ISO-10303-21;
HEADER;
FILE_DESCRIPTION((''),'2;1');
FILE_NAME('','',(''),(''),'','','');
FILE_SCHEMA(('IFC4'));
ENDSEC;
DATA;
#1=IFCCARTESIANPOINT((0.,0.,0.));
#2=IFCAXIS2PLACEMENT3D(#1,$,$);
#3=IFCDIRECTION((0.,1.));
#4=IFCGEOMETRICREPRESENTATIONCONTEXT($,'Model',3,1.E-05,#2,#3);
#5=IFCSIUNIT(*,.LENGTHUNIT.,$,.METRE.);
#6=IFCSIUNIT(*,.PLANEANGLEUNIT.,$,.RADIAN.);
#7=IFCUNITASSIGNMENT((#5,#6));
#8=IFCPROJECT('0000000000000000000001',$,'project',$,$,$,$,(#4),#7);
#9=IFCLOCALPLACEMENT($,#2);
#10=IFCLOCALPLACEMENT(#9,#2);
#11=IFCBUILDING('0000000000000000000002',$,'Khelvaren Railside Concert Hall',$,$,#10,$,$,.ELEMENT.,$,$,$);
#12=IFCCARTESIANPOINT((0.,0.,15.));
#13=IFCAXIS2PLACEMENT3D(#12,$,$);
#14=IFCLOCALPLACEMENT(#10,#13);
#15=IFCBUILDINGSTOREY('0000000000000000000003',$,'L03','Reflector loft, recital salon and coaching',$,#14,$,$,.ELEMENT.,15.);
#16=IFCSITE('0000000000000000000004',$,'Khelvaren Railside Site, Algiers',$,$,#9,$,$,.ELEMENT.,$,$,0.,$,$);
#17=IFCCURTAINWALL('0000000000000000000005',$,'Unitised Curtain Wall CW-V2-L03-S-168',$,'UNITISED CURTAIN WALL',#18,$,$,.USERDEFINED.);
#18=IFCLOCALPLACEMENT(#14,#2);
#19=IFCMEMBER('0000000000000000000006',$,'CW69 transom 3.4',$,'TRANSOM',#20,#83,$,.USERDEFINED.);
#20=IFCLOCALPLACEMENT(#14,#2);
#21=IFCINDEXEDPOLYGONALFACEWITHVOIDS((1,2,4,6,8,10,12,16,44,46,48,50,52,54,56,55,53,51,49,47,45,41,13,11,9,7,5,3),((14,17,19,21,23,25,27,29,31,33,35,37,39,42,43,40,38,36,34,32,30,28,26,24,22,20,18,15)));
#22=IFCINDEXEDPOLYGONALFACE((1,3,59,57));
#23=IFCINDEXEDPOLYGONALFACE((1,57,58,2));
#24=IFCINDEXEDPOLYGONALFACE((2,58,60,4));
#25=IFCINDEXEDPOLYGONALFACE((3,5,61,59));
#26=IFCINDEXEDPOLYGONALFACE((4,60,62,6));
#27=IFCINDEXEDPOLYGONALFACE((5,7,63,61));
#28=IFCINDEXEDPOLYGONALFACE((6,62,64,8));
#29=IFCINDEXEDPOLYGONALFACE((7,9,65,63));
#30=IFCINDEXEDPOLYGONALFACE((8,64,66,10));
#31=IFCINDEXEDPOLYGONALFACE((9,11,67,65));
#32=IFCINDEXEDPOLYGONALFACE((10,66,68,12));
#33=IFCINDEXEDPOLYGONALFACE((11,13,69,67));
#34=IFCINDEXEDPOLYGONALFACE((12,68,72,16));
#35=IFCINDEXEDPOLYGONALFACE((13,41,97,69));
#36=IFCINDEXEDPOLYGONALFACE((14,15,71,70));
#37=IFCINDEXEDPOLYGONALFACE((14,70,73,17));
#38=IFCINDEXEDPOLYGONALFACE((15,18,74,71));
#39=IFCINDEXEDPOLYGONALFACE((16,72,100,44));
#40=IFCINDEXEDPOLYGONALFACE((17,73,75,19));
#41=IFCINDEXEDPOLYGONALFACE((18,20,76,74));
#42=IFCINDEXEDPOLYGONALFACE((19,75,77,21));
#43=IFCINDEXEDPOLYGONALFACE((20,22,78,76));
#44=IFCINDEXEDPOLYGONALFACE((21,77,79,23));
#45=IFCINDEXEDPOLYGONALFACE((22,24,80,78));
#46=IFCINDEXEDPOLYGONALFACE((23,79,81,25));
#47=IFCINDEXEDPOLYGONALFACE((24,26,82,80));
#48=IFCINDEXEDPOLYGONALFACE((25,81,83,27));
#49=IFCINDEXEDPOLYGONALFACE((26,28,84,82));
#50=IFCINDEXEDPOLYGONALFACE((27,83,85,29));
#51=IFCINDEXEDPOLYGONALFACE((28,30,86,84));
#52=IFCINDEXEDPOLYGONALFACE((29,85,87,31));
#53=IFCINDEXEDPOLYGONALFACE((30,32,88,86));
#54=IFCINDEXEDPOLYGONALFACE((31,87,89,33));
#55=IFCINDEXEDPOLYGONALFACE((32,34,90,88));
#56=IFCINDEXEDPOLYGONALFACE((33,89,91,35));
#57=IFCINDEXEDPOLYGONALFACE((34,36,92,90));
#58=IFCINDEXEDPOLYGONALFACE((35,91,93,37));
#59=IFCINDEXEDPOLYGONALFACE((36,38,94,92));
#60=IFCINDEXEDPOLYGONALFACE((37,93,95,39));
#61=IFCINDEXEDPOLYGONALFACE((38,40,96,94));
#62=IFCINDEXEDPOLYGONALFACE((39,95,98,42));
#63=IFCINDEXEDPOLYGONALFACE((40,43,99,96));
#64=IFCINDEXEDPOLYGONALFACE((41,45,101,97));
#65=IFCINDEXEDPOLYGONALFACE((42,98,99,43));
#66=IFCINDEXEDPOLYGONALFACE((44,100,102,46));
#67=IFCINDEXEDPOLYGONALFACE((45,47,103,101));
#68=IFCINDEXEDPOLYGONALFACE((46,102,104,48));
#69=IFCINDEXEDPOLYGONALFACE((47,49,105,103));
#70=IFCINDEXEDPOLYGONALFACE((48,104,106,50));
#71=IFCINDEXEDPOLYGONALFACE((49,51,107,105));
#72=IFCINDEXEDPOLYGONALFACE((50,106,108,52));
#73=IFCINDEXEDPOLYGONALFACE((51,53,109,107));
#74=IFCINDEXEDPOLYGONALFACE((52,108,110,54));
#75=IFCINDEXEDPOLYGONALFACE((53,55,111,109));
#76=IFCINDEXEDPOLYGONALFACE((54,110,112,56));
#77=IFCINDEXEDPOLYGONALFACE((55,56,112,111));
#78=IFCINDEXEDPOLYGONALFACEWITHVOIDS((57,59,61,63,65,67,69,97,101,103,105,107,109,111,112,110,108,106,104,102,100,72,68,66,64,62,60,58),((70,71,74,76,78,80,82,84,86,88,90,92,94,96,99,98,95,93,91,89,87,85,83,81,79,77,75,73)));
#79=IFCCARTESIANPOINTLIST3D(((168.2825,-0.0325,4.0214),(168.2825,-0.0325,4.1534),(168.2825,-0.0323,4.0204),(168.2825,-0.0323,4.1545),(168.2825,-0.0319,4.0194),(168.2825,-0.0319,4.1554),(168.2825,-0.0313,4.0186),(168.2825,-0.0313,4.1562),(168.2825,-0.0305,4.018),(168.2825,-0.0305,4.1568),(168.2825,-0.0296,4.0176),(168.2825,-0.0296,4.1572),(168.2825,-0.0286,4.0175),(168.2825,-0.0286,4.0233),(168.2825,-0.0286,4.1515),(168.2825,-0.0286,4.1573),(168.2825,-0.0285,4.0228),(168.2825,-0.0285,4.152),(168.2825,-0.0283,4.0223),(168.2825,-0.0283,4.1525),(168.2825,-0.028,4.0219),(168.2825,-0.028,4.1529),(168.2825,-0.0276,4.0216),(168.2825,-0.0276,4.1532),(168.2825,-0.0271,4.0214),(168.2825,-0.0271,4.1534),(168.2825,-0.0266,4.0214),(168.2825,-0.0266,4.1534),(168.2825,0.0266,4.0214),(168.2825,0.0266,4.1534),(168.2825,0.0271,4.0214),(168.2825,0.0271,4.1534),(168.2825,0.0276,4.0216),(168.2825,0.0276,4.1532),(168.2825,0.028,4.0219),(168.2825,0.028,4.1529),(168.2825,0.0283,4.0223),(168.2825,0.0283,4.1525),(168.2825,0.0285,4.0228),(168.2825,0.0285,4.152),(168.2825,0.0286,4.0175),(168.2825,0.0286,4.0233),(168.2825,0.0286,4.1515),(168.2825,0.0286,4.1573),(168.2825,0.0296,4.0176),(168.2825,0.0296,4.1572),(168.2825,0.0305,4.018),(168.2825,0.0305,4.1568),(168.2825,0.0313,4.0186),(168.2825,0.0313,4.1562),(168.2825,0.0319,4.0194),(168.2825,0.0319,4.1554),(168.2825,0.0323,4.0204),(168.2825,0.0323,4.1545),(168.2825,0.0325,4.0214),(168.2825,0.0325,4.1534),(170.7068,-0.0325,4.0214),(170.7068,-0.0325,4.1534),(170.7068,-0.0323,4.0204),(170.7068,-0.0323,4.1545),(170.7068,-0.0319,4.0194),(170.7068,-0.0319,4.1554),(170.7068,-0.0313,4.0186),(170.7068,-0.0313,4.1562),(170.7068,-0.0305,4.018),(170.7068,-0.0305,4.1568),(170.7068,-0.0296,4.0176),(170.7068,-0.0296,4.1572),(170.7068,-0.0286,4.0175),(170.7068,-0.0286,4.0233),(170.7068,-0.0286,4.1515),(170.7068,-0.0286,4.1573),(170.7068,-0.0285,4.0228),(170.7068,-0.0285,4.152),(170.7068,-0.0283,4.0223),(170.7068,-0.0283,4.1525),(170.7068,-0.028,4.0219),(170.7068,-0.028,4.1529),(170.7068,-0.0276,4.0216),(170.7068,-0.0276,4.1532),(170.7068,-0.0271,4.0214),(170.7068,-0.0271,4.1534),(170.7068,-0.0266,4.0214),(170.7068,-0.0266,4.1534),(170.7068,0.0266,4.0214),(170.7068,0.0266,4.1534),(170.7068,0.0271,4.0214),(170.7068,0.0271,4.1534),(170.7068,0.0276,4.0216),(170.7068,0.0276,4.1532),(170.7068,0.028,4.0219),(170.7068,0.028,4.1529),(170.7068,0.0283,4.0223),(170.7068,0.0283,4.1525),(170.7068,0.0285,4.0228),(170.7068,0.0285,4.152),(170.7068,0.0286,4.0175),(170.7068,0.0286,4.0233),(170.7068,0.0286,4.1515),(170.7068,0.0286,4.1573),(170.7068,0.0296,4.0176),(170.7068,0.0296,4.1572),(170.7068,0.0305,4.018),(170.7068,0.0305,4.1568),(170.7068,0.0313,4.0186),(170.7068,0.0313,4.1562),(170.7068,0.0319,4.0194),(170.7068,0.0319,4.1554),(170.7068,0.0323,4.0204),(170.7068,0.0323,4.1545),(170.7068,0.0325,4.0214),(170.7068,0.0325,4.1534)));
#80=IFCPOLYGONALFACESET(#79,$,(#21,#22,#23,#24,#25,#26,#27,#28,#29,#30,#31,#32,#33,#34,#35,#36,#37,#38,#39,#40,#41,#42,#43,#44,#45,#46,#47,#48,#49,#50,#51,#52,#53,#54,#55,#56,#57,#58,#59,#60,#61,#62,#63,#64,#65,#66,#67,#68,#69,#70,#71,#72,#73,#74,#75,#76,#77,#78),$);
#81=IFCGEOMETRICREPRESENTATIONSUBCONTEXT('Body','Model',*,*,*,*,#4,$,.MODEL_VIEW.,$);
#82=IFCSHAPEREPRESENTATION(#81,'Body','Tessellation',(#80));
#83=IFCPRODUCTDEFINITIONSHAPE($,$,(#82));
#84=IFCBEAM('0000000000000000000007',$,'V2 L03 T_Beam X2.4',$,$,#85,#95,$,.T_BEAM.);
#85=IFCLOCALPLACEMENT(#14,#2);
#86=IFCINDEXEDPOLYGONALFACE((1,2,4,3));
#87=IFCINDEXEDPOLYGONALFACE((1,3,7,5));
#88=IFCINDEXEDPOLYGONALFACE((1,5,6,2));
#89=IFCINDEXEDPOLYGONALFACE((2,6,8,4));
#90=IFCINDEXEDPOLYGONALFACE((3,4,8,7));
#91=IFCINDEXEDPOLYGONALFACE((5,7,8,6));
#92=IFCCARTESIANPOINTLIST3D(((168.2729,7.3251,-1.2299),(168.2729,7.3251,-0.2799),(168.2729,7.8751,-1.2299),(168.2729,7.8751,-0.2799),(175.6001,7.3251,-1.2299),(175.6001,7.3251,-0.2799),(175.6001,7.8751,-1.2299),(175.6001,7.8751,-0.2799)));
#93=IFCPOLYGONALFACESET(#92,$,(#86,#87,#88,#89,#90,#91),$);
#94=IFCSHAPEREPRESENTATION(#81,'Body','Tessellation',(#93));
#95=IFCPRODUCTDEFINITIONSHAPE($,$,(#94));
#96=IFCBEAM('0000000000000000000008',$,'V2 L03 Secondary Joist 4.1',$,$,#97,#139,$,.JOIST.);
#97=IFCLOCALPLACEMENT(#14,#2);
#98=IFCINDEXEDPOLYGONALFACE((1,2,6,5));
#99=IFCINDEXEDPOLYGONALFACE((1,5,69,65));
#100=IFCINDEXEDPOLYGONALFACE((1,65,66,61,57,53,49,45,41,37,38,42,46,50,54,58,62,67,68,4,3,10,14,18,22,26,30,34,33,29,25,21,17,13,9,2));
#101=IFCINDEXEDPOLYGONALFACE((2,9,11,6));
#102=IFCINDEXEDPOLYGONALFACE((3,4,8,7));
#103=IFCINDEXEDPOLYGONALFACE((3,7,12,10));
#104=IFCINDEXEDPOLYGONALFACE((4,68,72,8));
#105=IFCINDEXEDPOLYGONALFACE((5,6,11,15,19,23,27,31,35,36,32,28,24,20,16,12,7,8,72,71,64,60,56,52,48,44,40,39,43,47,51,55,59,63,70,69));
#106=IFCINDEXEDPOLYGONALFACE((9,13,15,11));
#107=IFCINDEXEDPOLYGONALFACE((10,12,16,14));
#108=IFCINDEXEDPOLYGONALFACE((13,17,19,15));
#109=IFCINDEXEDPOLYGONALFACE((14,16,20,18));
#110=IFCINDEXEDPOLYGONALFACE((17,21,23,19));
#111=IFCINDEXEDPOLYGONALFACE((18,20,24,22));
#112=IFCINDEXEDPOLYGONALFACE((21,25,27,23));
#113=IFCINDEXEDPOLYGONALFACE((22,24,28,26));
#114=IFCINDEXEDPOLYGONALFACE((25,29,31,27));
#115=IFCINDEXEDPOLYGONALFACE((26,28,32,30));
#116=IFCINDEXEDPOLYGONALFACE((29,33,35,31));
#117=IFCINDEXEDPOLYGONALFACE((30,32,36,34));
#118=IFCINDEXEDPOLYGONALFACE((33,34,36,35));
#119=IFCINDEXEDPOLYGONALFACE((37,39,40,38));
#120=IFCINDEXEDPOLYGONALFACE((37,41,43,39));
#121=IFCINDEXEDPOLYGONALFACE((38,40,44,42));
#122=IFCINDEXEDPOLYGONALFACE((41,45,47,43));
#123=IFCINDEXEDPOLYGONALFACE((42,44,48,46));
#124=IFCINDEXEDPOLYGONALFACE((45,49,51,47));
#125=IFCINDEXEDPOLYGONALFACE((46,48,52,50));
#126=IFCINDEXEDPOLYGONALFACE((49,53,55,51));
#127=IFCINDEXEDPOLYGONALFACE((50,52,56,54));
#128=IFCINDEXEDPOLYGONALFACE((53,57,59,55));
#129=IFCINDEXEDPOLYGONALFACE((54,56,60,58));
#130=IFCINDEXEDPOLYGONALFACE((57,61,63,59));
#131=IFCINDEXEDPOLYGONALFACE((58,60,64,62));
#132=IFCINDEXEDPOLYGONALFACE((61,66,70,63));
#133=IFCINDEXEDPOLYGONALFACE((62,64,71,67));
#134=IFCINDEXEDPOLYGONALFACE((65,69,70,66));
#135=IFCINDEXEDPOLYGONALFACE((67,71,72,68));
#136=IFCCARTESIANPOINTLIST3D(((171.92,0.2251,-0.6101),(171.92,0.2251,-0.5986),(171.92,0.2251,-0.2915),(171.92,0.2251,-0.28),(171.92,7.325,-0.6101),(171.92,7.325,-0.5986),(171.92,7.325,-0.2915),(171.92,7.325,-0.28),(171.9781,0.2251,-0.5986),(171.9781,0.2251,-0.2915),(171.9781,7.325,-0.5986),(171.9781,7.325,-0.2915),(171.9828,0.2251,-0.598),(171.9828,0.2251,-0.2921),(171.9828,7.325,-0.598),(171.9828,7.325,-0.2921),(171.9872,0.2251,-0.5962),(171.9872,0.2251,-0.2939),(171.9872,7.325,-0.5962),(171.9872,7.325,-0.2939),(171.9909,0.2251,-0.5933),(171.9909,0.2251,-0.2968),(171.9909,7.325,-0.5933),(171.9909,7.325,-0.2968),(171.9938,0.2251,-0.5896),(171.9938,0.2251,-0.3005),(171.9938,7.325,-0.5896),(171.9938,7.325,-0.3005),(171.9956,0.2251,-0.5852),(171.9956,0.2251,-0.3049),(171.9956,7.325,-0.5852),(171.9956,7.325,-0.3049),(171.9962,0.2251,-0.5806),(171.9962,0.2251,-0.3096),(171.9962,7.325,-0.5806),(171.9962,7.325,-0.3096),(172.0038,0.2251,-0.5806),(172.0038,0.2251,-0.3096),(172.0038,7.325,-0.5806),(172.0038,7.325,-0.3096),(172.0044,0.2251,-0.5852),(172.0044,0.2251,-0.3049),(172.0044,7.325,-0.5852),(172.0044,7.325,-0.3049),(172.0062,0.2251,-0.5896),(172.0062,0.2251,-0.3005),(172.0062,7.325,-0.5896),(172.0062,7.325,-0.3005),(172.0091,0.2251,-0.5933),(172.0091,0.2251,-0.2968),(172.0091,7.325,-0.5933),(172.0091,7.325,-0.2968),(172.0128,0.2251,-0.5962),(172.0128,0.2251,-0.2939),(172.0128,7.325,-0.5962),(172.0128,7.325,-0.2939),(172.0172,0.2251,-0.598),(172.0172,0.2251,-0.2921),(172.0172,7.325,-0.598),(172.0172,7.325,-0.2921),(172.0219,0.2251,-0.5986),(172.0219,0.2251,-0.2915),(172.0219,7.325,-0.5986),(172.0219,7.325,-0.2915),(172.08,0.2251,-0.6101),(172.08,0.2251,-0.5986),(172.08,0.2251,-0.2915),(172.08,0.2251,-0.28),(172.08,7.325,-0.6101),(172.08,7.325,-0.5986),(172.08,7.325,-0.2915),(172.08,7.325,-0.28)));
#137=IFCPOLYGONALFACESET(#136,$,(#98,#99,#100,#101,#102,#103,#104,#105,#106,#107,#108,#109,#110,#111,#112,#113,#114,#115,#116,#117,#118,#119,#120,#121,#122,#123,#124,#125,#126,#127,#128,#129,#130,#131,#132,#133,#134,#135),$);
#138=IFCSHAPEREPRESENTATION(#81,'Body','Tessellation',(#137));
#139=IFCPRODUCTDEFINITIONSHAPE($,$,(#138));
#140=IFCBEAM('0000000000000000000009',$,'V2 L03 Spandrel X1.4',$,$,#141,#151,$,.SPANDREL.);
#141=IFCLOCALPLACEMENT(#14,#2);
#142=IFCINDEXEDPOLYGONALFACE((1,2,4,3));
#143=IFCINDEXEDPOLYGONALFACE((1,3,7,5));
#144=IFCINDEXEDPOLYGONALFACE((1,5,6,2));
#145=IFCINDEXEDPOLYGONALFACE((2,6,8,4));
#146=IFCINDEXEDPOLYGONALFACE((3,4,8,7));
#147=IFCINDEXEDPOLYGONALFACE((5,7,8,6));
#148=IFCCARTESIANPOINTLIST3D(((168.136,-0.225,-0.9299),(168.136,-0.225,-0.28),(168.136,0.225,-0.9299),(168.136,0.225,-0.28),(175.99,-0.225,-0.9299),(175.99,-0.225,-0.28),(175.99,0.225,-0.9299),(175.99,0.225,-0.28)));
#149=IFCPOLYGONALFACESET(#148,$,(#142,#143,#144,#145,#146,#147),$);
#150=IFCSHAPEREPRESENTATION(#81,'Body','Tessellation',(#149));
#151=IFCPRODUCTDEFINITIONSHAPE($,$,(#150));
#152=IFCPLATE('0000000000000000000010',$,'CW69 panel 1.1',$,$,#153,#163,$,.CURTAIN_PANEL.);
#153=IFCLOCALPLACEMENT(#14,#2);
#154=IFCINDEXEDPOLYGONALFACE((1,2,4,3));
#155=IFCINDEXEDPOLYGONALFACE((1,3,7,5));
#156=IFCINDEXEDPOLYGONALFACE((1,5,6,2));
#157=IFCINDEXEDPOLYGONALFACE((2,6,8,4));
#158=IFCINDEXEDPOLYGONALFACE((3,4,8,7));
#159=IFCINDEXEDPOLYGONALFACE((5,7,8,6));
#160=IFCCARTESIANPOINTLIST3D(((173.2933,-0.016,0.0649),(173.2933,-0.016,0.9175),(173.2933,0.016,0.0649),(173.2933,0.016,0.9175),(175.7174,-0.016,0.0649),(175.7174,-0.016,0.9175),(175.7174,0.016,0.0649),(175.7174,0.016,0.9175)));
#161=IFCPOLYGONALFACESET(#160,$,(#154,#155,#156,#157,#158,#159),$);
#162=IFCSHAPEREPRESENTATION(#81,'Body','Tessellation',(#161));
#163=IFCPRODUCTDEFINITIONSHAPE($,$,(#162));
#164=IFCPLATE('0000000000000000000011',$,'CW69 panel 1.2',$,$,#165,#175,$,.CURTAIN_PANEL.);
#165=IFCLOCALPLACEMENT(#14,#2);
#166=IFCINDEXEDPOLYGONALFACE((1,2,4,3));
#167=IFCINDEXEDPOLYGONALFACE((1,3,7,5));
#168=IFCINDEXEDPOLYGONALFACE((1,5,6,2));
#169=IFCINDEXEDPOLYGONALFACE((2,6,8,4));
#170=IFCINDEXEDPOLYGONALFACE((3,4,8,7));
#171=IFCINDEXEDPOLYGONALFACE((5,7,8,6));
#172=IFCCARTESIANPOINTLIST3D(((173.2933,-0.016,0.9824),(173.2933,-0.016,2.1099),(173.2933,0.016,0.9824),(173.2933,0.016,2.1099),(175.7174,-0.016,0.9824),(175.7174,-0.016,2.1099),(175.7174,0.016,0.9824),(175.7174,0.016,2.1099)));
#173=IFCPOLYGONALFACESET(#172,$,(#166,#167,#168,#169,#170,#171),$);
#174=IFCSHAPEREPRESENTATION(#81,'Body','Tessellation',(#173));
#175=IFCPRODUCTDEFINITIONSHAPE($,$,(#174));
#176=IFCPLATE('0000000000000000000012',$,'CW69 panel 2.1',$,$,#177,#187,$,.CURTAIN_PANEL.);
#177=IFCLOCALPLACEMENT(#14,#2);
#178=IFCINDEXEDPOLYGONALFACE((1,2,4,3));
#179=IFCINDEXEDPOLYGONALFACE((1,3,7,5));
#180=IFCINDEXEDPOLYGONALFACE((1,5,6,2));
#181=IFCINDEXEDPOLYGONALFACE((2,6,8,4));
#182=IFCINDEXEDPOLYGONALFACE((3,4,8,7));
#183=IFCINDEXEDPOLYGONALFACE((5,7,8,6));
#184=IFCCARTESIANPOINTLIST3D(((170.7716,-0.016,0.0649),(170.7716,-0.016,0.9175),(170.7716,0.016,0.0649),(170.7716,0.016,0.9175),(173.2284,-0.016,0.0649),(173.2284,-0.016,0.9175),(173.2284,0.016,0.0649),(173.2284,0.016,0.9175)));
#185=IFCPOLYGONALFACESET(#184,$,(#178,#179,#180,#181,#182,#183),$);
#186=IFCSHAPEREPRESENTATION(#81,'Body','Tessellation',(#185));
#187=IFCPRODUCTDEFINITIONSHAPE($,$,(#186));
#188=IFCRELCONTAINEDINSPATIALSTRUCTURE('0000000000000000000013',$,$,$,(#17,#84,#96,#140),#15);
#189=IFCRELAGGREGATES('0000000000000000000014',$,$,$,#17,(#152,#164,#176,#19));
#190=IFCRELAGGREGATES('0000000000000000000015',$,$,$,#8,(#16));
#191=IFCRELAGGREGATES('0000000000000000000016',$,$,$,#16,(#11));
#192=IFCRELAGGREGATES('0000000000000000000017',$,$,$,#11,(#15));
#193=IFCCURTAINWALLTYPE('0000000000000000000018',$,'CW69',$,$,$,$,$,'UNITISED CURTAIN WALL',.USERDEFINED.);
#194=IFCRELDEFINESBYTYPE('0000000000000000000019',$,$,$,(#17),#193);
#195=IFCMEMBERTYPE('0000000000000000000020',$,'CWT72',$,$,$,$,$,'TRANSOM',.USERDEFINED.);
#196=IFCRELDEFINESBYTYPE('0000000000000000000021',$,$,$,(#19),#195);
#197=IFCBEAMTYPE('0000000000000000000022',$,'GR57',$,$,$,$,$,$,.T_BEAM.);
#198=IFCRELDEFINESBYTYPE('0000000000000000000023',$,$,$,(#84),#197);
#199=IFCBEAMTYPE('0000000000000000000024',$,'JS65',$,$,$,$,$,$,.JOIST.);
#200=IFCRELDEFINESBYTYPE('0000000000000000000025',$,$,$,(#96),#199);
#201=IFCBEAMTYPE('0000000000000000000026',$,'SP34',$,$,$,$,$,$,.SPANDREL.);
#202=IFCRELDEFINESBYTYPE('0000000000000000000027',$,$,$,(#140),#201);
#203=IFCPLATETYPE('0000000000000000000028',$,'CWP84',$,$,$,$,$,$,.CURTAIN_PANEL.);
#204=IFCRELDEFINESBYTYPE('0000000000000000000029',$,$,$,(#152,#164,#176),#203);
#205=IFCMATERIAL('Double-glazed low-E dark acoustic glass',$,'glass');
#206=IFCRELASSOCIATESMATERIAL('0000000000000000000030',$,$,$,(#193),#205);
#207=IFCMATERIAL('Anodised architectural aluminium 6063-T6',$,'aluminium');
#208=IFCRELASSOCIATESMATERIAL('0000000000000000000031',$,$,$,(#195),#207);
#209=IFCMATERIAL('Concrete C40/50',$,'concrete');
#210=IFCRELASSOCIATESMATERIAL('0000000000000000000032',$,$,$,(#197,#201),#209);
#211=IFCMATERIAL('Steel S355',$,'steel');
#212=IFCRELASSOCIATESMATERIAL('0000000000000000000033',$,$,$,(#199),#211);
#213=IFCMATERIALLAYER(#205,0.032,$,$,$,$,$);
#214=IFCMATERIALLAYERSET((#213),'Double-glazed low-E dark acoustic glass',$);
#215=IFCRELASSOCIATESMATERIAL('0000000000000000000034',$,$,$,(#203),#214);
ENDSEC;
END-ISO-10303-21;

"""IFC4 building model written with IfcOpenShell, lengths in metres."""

from ifc_helpers import new_model, si_unit, direction, frame, origin, origin_2d, place, context, subcontext, project, spatial, rectangle, hollow_rectangle, i_section, extrude, material, layer, layer_set, material_profile, profile_set, type_object, element, aggregate, save


model = new_model("IFC4")

# Units and contexts
model_context = context("Model", 3, precision=1e-05, world=origin(), true_north=direction((0.0, 1.0)))
body_context = subcontext(model_context, "Body", "Model", "MODEL_VIEW")
ifc_project = project(units=[si_unit("LENGTHUNIT", "METRE"), si_unit("PLANEANGLEUNIT", "RADIAN")], contexts=[model_context])

# Site, building, storey
site_placement = place(None, origin())
site = spatial("IfcSite", under=ifc_project, at=site_placement, Name="Khelvaren Railside Site, Algiers", CompositionType="ELEMENT", RefElevation=0.0)
building_placement = place(site_placement, origin())
building = spatial("IfcBuilding", under=site, at=building_placement, Name="Khelvaren Railside Concert Hall", CompositionType="ELEMENT")
storey_placement = place(building_placement, frame((0.0, 0.0, 15.0)))
storey = spatial("IfcBuildingStorey", under=building, at=storey_placement, Name="L03", Description="Reflector loft, recital salon and coaching", CompositionType="ELEMENT", Elevation=15.0)

# Shared definitions
ifc_material_1 = material(Name="Steel S355", Category="steel")

# Shared definitions
ifc_material_2 = material(Name="Double-glazed low-E dark acoustic glass", Category="glass")
ifc_material_3 = material(Name="Anodised architectural aluminium 6063-T6", Category="aluminium")

# Curtain wall
curtain_wall_type_1 = type_object("IfcCurtainWallType", Name="CW69", ElementType="UNITISED CURTAIN WALL", PredefinedType="USERDEFINED", material=ifc_material_2)
curtain_wall_1_placement = place(storey_placement, origin())
curtain_wall_1 = element("IfcCurtainWall", 1, at=curtain_wall_1_placement, inside=storey, type_object=curtain_wall_type_1, Name="Unitised Curtain Wall CW-V2-L03-S-168", ObjectType="UNITISED CURTAIN WALL", PredefinedType="USERDEFINED")

# Member
ifc_material_profile_1 = material_profile(ifc_material_3, hollow_rectangle(XDim=0.0649, YDim=0.1399, WallThickness=0.0039, InnerFilletRadius=0.002, OuterFilletRadius=0.0039, at=origin_2d()), Name="CWT 65x140x4")
ifc_profile_set_1 = profile_set([ifc_material_profile_1], Name="Anodised architectural aluminium 6063-T6")
member_type_1 = type_object("IfcMemberType", Name="CWT72", ElementType="TRANSOM", PredefinedType="USERDEFINED", material=ifc_profile_set_1)
member_1_placement = place(storey_placement, frame((170.7068, 0.0, 4.0874), z_axis=(-1.0, 0.0, 0.0), x_axis=(0.0, -1.0, 0.0)))
member_1 = element("IfcMember", 2, at=member_1_placement, type_object=member_type_1, Name="CW69 transom 3.4", ObjectType="TRANSOM", PredefinedType="USERDEFINED", context=body_context, shape_type="SweptSolid", body=[
    extrude(hollow_rectangle(XDim=0.0649, YDim=0.1399, WallThickness=0.0039, InnerFilletRadius=0.002, OuterFilletRadius=0.0039, at=origin_2d()), origin(), (0.0, 0.0, 1.0), 2.4243),
])

# Beams
ifc_material_4 = material(Name="Concrete C40/50", Category="concrete")
ifc_material_profile_2 = material_profile(ifc_material_4, rectangle(XDim=0.55, YDim=0.95, at=origin_2d()), Name="RCB 550x950")
ifc_profile_set_2 = profile_set([ifc_material_profile_2], Name="Concrete C40/50")
beam_type_1 = type_object("IfcBeamType", Name="GR57", PredefinedType="T_BEAM", material=ifc_profile_set_2)
beam_1_placement = place(storey_placement, frame((168.2729, 7.6001, -0.7549), z_axis=(1.0, 0.0, 0.0), x_axis=(0.0, 1.0, 0.0)))
element("IfcBeam", 3, at=beam_1_placement, inside=storey, type_object=beam_type_1, Name="V2 L03 T_Beam X2.4", PredefinedType="T_BEAM", context=body_context, shape_type="SweptSolid", body=[
    extrude(rectangle(XDim=0.55, YDim=0.95, at=origin_2d()), origin(), (0.0, 0.0, 1.0), 7.3271),
])
ifc_material_profile_3 = material_profile(ifc_material_1, i_section(OverallWidth=0.1599, OverallDepth=0.3301, WebThickness=0.0076, FlangeThickness=0.0115, FilletRadius=0.0181, at=origin_2d()), Name="IPE 330")
ifc_profile_set_3 = profile_set([ifc_material_profile_3], Name="Steel S355")
beam_type_2 = type_object("IfcBeamType", Name="JS65", PredefinedType="JOIST", material=ifc_profile_set_3)
beam_2_placement = place(storey_placement, frame((172.0, 0.2251, -0.4451), z_axis=(0.0, 1.0, 0.0), x_axis=(-1.0, 0.0, 0.0)))
element("IfcBeam", 4, at=beam_2_placement, inside=storey, type_object=beam_type_2, Name="V2 L03 Secondary Joist 4.1", PredefinedType="JOIST", context=body_context, shape_type="SweptSolid", body=[
    extrude(i_section(OverallWidth=0.1599, OverallDepth=0.3301, WebThickness=0.0076, FlangeThickness=0.0115, FilletRadius=0.0181, at=origin_2d()), origin(), (0.0, 0.0, 1.0), 7.0999),
])
ifc_material_profile_4 = material_profile(ifc_material_4, rectangle(XDim=0.45, YDim=0.6499, at=origin_2d()), Name="RCB 450x650")
ifc_profile_set_4 = profile_set([ifc_material_profile_4], Name="Concrete C40/50")
beam_type_3 = type_object("IfcBeamType", Name="SP34", PredefinedType="SPANDREL", material=ifc_profile_set_4)
beam_3_placement = place(storey_placement, frame((168.136, 0.0, -0.605), z_axis=(1.0, 0.0, 0.0), x_axis=(0.0, 1.0, 0.0)))
element("IfcBeam", 5, at=beam_3_placement, inside=storey, type_object=beam_type_3, Name="V2 L03 Spandrel X1.4", PredefinedType="SPANDREL", context=body_context, shape_type="SweptSolid", body=[
    extrude(rectangle(XDim=0.45, YDim=0.6499, at=origin_2d()), origin(), (0.0, 0.0, 1.0), 7.854),
])

# Plates
ifc_layer = layer(ifc_material_2, 0.032)
ifc_layer_set = layer_set([ifc_layer], Name="Double-glazed low-E dark acoustic glass")
plate_type = type_object("IfcPlateType", Name="CWP84", PredefinedType="CURTAIN_PANEL", material=ifc_layer_set)
plate_1_placement = place(storey_placement, frame((174.5054, 0.0, 0.0649), z_axis=(0.0, 0.0, 1.0), x_axis=(-1.0, 0.0, 0.0)))
plate_1 = element("IfcPlate", 6, at=plate_1_placement, type_object=plate_type, Name="CW69 panel 1.1", PredefinedType="CURTAIN_PANEL", context=body_context, shape_type="SweptSolid", body=[
    extrude(rectangle(XDim=2.4241, YDim=0.032, at=origin_2d()), origin(), (0.0, 0.0, 1.0), 0.8525),
])
plate_2_placement = place(storey_placement, frame((174.5054, 0.0, 0.9824), z_axis=(0.0, 0.0, 1.0), x_axis=(-1.0, 0.0, 0.0)))
plate_2 = element("IfcPlate", 7, at=plate_2_placement, type_object=plate_type, Name="CW69 panel 1.2", PredefinedType="CURTAIN_PANEL", context=body_context, shape_type="SweptSolid", body=[
    extrude(rectangle(XDim=2.4241, YDim=0.032, at=origin_2d()), origin(), (0.0, 0.0, 1.0), 1.1274),
])
plate_3_placement = place(storey_placement, frame((172.0, 0.0, 0.0649), z_axis=(0.0, 0.0, 1.0), x_axis=(-1.0, 0.0, 0.0)))
plate_3 = element("IfcPlate", 8, at=plate_3_placement, type_object=plate_type, Name="CW69 panel 2.1", PredefinedType="CURTAIN_PANEL", context=body_context, shape_type="SweptSolid", body=[
    extrude(rectangle(XDim=2.4568, YDim=0.032, at=origin_2d()), origin(), (0.0, 0.0, 1.0), 0.8525),
])
aggregate(curtain_wall_1, [plate_1, plate_2, plate_3, member_1])

save(model, "model.ifc")
